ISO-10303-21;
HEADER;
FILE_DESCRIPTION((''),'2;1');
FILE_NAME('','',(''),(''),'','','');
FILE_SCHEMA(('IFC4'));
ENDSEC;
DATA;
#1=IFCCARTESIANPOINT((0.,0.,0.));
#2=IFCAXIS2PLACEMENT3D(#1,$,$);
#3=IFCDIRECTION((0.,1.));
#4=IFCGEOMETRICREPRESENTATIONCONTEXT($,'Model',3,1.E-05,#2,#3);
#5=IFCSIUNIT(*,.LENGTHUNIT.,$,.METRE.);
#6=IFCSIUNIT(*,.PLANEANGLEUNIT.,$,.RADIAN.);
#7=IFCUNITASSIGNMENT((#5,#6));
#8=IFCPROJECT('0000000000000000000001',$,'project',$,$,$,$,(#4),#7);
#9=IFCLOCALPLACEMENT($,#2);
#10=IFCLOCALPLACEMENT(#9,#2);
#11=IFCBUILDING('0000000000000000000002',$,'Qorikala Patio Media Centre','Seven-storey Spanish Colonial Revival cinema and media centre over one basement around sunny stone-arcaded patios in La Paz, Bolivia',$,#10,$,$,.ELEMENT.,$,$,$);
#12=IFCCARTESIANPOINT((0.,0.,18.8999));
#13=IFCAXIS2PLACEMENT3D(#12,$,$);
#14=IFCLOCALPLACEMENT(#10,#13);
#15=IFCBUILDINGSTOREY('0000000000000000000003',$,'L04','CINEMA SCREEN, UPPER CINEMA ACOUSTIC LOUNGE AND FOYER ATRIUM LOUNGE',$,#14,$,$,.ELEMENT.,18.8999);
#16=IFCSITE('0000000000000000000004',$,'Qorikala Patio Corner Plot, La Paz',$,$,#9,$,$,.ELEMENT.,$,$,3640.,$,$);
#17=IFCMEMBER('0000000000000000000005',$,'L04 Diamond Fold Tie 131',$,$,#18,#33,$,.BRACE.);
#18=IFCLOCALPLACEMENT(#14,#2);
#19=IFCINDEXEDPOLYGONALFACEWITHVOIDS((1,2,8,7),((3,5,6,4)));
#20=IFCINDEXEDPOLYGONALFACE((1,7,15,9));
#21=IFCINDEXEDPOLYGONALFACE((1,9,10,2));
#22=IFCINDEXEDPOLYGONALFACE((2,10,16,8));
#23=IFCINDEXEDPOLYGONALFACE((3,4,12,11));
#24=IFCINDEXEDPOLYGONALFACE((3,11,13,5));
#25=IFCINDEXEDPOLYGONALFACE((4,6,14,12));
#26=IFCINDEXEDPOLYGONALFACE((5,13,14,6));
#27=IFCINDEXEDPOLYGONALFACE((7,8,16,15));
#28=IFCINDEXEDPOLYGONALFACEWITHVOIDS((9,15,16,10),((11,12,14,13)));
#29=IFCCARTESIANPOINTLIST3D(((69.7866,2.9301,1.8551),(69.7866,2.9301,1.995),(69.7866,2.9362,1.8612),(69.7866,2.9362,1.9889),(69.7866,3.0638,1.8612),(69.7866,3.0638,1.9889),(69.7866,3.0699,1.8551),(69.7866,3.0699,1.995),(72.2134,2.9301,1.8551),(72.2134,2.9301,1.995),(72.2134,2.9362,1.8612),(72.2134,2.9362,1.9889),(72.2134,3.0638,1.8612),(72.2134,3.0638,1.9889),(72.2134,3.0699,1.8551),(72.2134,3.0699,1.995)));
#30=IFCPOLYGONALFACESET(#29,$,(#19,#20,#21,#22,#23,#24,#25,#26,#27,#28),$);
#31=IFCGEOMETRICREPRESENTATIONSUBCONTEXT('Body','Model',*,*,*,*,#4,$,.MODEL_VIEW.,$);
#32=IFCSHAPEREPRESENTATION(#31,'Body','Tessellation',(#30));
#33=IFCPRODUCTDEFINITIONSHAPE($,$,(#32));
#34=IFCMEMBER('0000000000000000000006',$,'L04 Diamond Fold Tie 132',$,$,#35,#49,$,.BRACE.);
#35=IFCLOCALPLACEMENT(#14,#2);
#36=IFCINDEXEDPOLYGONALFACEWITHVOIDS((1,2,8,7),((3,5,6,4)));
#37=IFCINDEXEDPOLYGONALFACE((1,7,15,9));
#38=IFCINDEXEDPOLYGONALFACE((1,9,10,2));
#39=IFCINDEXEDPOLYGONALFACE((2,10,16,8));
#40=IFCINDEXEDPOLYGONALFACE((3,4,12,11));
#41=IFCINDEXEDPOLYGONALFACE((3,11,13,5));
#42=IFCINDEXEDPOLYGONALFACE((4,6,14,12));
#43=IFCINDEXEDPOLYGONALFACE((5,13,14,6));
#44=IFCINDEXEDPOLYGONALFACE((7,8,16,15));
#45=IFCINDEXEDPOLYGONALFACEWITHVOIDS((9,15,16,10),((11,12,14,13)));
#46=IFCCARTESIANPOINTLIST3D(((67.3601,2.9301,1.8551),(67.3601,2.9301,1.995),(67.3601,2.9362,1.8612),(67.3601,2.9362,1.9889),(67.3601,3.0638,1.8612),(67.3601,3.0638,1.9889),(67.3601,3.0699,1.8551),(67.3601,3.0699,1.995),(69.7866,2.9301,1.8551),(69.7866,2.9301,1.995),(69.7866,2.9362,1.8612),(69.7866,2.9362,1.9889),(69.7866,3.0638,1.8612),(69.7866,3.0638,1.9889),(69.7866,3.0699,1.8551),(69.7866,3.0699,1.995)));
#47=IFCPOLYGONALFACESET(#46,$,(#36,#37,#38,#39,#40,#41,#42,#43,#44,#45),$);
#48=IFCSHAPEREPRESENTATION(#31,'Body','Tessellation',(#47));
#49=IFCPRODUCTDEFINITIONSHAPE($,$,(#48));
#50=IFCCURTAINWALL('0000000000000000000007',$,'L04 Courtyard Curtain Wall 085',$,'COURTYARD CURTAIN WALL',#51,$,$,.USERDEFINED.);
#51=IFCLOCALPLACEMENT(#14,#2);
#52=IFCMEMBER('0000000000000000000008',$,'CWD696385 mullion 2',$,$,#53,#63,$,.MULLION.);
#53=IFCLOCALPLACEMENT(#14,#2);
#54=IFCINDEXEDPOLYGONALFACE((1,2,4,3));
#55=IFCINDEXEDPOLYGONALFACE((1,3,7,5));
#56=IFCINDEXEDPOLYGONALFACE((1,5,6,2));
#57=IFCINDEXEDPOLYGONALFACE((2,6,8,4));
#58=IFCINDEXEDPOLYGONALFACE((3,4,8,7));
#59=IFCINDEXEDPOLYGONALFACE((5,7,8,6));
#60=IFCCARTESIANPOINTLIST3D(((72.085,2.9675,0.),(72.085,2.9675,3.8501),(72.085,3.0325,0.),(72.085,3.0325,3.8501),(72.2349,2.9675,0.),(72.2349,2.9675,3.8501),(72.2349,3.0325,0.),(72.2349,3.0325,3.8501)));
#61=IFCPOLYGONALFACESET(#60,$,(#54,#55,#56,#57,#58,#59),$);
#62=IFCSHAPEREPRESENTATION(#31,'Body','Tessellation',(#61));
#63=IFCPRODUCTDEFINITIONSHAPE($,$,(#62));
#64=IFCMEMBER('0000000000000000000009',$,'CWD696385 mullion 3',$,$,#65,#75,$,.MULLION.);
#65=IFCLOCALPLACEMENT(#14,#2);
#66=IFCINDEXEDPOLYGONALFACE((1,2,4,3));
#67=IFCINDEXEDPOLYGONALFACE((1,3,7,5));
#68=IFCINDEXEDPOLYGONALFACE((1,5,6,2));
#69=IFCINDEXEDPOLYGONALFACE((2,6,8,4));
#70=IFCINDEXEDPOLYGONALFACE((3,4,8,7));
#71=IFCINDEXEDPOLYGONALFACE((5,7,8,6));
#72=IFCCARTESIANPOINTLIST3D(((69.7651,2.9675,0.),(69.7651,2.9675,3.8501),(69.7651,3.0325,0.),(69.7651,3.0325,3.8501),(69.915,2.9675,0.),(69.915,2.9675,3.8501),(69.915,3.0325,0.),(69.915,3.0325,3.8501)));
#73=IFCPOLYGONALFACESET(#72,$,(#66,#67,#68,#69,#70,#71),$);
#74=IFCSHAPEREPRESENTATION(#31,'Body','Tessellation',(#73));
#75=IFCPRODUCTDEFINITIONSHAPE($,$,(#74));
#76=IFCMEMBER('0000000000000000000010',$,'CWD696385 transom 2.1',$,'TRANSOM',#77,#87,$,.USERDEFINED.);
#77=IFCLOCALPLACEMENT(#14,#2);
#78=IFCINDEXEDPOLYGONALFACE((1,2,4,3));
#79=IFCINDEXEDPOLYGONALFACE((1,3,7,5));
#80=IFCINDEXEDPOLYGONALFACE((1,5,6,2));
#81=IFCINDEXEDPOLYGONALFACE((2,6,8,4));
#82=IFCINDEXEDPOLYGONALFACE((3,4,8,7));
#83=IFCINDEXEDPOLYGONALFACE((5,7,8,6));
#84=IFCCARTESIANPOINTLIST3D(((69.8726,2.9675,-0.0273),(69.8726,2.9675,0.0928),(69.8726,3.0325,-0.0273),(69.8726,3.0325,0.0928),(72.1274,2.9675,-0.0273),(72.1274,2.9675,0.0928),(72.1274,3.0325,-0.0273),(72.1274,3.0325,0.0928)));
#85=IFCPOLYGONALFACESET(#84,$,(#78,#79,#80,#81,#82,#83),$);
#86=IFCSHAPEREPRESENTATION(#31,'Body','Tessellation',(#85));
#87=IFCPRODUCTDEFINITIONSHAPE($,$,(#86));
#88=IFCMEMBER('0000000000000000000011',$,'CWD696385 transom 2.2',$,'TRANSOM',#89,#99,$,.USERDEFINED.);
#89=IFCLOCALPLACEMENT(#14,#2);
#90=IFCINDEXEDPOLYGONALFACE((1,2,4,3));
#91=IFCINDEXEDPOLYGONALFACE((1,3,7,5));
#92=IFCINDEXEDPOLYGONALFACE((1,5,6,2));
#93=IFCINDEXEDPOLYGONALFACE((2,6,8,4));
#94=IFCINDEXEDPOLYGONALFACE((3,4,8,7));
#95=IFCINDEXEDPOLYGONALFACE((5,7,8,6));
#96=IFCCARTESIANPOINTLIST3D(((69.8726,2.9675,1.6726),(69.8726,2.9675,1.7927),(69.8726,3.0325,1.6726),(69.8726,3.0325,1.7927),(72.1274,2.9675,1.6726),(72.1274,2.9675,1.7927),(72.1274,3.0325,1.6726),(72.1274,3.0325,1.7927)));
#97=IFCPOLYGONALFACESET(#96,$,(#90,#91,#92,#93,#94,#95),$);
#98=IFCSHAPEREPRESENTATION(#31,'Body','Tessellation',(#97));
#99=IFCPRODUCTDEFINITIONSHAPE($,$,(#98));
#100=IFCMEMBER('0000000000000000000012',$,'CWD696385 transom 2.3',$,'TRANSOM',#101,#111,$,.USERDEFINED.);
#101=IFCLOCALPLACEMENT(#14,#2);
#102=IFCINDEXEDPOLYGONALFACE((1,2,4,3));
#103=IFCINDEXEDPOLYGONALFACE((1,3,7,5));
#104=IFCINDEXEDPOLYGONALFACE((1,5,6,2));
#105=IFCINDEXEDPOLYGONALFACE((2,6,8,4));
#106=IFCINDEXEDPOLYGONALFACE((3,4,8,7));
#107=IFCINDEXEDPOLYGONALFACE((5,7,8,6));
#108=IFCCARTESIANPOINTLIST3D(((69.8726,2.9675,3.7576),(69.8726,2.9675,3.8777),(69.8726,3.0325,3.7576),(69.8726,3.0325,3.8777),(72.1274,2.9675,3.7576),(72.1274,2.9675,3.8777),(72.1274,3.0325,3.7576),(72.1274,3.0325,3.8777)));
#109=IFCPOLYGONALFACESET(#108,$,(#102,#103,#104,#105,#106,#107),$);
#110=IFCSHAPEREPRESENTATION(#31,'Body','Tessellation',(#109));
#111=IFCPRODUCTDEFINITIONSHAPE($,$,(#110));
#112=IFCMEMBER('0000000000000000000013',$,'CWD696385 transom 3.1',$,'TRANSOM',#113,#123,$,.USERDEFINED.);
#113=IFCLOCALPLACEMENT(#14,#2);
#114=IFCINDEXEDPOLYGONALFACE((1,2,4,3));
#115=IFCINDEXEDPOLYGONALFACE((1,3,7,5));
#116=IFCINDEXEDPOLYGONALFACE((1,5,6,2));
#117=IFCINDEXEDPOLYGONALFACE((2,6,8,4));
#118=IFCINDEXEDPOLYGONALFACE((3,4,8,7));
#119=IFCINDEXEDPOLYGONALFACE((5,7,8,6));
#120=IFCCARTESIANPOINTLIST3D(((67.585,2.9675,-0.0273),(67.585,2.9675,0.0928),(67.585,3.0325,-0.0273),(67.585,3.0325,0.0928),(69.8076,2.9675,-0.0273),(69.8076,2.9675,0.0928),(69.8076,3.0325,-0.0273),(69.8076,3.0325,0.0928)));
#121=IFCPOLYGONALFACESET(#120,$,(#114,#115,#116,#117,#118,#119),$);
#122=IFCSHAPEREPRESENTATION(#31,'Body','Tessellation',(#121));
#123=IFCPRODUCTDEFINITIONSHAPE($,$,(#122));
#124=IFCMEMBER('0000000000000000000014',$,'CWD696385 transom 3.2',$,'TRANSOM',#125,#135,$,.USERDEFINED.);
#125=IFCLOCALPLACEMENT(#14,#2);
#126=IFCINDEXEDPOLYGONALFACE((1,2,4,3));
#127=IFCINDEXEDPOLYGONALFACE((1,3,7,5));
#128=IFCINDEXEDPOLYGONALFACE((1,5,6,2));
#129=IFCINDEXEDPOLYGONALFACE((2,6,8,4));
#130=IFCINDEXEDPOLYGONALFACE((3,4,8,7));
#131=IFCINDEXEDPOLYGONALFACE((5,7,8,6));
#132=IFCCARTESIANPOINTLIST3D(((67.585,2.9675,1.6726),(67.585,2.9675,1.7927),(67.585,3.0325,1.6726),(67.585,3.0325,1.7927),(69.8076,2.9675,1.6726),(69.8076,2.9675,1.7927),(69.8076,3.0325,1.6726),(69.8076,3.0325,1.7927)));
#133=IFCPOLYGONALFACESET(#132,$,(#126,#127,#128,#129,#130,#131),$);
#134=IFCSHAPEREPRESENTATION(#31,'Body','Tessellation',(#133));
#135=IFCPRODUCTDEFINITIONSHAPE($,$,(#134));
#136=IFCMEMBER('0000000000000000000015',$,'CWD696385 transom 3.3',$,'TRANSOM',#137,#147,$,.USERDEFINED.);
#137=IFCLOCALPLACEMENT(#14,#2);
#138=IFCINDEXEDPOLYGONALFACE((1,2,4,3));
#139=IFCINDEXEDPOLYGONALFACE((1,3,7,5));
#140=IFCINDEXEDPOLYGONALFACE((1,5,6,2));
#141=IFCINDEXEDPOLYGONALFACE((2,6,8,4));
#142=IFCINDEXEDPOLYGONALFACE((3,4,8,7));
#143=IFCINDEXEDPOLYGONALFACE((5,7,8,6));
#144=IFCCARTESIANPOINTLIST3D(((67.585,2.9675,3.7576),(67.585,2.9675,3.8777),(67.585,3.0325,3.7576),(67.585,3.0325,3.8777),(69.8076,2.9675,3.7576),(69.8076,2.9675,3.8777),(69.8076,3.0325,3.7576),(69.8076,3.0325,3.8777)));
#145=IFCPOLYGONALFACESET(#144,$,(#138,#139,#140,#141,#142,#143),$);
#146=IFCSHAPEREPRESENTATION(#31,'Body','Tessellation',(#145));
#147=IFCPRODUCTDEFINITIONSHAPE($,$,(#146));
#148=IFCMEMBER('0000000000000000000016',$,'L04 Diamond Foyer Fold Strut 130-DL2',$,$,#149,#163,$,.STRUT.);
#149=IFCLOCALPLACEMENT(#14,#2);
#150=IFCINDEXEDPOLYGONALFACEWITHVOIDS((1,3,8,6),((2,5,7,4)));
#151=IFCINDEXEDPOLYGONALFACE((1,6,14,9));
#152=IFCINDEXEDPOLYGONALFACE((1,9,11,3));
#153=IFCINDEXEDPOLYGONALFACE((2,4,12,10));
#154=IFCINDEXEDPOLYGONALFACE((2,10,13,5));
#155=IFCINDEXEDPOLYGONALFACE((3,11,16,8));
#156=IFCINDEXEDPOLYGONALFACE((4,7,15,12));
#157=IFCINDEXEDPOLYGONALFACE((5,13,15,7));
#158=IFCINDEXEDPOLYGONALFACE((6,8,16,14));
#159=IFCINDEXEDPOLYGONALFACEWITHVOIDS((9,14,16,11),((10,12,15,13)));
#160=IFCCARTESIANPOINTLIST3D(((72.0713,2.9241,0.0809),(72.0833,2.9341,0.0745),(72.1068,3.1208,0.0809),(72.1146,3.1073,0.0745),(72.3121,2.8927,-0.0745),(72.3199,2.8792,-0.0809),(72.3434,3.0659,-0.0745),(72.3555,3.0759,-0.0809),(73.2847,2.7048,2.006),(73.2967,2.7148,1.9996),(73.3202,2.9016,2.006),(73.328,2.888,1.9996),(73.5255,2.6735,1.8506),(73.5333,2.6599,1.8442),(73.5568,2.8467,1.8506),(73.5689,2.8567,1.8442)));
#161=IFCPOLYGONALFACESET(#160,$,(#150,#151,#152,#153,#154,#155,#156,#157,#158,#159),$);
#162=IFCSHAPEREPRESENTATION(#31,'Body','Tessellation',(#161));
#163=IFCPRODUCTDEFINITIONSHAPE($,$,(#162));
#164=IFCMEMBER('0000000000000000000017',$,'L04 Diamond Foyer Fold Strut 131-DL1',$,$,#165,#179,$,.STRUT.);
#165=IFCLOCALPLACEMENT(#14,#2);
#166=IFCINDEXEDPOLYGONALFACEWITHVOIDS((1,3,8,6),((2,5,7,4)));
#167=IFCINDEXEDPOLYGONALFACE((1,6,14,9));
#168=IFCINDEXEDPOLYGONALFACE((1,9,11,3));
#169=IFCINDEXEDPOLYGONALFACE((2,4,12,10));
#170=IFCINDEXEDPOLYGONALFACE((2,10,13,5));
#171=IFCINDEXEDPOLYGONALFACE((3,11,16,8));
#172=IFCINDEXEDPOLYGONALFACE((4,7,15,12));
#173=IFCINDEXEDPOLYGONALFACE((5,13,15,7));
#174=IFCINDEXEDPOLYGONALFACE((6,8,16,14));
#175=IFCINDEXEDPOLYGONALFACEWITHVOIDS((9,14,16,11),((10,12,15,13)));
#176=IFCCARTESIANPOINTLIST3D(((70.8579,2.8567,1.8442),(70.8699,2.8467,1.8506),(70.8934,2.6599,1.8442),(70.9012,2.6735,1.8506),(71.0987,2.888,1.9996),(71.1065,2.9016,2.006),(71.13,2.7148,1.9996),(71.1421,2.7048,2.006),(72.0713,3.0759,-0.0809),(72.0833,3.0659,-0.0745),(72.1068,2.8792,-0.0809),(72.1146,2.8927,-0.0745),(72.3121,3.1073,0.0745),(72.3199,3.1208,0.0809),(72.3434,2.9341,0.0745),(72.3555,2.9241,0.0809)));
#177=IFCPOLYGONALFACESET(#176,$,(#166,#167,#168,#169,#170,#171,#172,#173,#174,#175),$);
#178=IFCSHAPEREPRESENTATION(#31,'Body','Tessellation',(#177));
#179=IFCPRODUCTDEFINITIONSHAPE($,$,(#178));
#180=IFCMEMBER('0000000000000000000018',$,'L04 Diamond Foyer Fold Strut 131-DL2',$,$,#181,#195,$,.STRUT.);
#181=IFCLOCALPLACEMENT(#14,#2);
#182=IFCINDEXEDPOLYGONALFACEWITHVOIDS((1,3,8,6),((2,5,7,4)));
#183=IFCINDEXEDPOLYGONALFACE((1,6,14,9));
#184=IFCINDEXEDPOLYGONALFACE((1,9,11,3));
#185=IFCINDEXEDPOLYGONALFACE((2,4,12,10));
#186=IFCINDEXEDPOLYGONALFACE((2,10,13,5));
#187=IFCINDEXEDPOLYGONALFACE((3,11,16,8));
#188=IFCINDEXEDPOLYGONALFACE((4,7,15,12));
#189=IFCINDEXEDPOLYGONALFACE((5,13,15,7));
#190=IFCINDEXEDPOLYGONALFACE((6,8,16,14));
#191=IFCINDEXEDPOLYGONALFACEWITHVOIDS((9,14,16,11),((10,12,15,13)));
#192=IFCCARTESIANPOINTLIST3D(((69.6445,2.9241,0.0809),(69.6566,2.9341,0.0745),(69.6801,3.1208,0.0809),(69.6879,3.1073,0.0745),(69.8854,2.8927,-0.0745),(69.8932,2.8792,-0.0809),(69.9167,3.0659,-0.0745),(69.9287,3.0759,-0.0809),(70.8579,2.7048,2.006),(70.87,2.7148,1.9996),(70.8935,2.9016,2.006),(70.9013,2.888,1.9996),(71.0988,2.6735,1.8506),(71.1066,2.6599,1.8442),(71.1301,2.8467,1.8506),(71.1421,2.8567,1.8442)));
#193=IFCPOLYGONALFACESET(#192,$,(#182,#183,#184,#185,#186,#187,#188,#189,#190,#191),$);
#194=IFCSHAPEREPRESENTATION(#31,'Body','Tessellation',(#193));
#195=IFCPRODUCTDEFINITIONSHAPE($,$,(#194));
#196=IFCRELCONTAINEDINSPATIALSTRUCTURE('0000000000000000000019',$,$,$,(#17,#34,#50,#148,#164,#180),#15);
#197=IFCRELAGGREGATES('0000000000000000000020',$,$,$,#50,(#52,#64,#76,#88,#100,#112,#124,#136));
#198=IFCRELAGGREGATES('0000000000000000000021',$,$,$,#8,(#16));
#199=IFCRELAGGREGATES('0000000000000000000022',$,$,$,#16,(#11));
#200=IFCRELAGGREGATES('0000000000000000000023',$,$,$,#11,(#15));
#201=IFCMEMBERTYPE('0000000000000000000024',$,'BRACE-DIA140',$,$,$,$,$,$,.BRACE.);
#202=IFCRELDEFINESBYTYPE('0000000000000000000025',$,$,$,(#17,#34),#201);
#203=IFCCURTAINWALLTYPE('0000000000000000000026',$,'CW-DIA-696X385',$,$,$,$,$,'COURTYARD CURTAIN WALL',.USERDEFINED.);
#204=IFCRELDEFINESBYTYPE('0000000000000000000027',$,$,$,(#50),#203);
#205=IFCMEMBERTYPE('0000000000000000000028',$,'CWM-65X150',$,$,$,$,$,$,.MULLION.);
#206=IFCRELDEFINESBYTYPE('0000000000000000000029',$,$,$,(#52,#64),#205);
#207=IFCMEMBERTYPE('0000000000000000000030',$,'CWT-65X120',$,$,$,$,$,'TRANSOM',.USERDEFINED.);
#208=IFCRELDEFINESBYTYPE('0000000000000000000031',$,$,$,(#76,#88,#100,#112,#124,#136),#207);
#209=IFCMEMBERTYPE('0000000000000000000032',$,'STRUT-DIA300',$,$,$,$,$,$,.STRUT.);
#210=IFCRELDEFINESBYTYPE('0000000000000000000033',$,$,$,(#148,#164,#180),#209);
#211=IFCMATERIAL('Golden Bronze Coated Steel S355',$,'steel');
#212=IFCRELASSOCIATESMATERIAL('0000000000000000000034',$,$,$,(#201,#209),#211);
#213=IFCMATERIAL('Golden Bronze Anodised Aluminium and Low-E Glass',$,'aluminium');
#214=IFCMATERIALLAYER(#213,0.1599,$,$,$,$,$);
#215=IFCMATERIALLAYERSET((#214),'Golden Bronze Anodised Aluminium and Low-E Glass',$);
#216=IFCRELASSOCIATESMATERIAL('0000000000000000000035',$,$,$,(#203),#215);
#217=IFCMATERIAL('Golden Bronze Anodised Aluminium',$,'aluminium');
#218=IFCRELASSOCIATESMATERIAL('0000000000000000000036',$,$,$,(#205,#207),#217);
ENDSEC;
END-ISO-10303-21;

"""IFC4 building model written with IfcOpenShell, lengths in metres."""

from ifc_helpers import new_model, si_unit, direction, frame, origin, origin_2d, place, context, subcontext, project, spatial, rectangle, hollow_rectangle, extrude, material, layer, layer_set, material_profile, profile_set, type_object, element, aggregate, save


model = new_model("IFC4")

# Units and contexts
model_context = context("Model", 3, precision=1e-05, world=origin(), true_north=direction((0.0, 1.0)))
body_context = subcontext(model_context, "Body", "Model", "MODEL_VIEW")
ifc_project = project(units=[si_unit("LENGTHUNIT", "METRE"), si_unit("PLANEANGLEUNIT", "RADIAN")], contexts=[model_context])

# Site, building, storey
site_placement = place(None, origin())
site = spatial("IfcSite", under=ifc_project, at=site_placement, Name="Qorikala Patio Corner Plot, La Paz", CompositionType="ELEMENT", RefElevation=3640.0)
building_placement = place(site_placement, origin())
building = spatial("IfcBuilding", under=site, at=building_placement, Name="Qorikala Patio Media Centre", Description="Seven-storey Spanish Colonial Revival cinema and media centre over one basement around sunny stone-arcaded patios in La Paz, Bolivia", CompositionType="ELEMENT")
storey_placement = place(building_placement, frame((0.0, 0.0, 18.8999)))
storey = spatial("IfcBuildingStorey", under=building, at=storey_placement, Name="L04", Description="CINEMA SCREEN, UPPER CINEMA ACOUSTIC LOUNGE AND FOYER ATRIUM LOUNGE", CompositionType="ELEMENT", Elevation=18.8999)

# Members
ifc_material_1 = material(Name="Golden Bronze Coated Steel S355", Category="steel")
ifc_material_profile_1 = material_profile(ifc_material_1, hollow_rectangle(XDim=0.1399, YDim=0.1399, WallThickness=0.0061, at=origin_2d()), Name="HSS140X140X6")
ifc_profile_set_1 = profile_set([ifc_material_profile_1], Name="Golden Bronze Coated Steel S355")
member_type_1 = type_object("IfcMemberType", Name="BRACE-DIA140", PredefinedType="BRACE", material=ifc_profile_set_1)
member_1_placement = place(storey_placement, frame((72.2134, 3.0, 1.925), z_axis=(-1.0, 0.0, 0.0), x_axis=(0.0, -1.0, 0.0)))
element("IfcMember", 1, at=member_1_placement, inside=storey, type_object=member_type_1, Name="L04 Diamond Fold Tie 131", PredefinedType="BRACE", context=body_context, shape_type="SweptSolid", body=[
    extrude(hollow_rectangle(XDim=0.1399, YDim=0.1399, WallThickness=0.0061, at=origin_2d()), origin(), (0.0, 0.0, 1.0), 2.4268),
])
member_2_placement = place(storey_placement, frame((69.7866, 3.0, 1.925), z_axis=(-1.0, 0.0, 0.0), x_axis=(0.0, -1.0, 0.0)))
element("IfcMember", 2, at=member_2_placement, inside=storey, type_object=member_type_1, Name="L04 Diamond Fold Tie 132", PredefinedType="BRACE", context=body_context, shape_type="SweptSolid", body=[
    extrude(hollow_rectangle(XDim=0.1399, YDim=0.1399, WallThickness=0.0061, at=origin_2d()), origin(), (0.0, 0.0, 1.0), 2.4265),
])

# Curtain wall, members
ifc_material_2 = material(Name="Golden Bronze Anodised Aluminium and Low-E Glass", Category="aluminium")
ifc_layer_1 = layer(ifc_material_2, 0.1599)
ifc_layer_set_1 = layer_set([ifc_layer_1], Name="Golden Bronze Anodised Aluminium and Low-E Glass")
curtain_wall_type = type_object("IfcCurtainWallType", Name="CW-DIA-696X385", ElementType="COURTYARD CURTAIN WALL", PredefinedType="USERDEFINED", material=ifc_layer_set_1)
curtain_wall_placement = place(storey_placement, origin())
curtain_wall = element("IfcCurtainWall", 3, at=curtain_wall_placement, inside=storey, type_object=curtain_wall_type, Name="L04 Courtyard Curtain Wall 085", ObjectType="COURTYARD CURTAIN WALL", PredefinedType="USERDEFINED")
ifc_material_3 = material(Name="Golden Bronze Anodised Aluminium", Category="aluminium")
ifc_material_profile_2 = material_profile(ifc_material_3, rectangle(XDim=0.0649, YDim=0.1499, at=origin_2d()), Name="ALU MULLION 65x150")
ifc_profile_set_2 = profile_set([ifc_material_profile_2], Name="Golden Bronze Anodised Aluminium")
member_type_2 = type_object("IfcMemberType", Name="CWM-65X150", PredefinedType="MULLION", material=ifc_profile_set_2)
member_3_placement = place(storey_placement, frame((72.1599, 3.0, 0.0), z_axis=(0.0, 0.0, 1.0), x_axis=(0.0, -1.0, 0.0)))
member_3 = element("IfcMember", 4, at=member_3_placement, type_object=member_type_2, Name="CWD696385 mullion 2", PredefinedType="MULLION", context=body_context, shape_type="SweptSolid", body=[
    extrude(rectangle(XDim=0.0649, YDim=0.1499, at=origin_2d()), origin(), (0.0, 0.0, 1.0), 3.8501),
])
member_4_placement = place(storey_placement, frame((69.8401, 3.0, 0.0), z_axis=(0.0, 0.0, 1.0), x_axis=(0.0, -1.0, 0.0)))
member_4 = element("IfcMember", 5, at=member_4_placement, type_object=member_type_2, Name="CWD696385 mullion 3", PredefinedType="MULLION", context=body_context, shape_type="SweptSolid", body=[
    extrude(rectangle(XDim=0.0649, YDim=0.1499, at=origin_2d()), origin(), (0.0, 0.0, 1.0), 3.8501),
])
ifc_material_profile_3 = material_profile(ifc_material_3, rectangle(XDim=0.0649, YDim=0.1201, at=origin_2d()), Name="ALU TRANSOM 65x120")
ifc_profile_set_3 = profile_set([ifc_material_profile_3], Name="Golden Bronze Anodised Aluminium")
member_type_3 = type_object("IfcMemberType", Name="CWT-65X120", ElementType="TRANSOM", PredefinedType="USERDEFINED", material=ifc_profile_set_3)
member_5_placement = place(storey_placement, frame((72.1274, 3.0, 0.0327), z_axis=(-1.0, 0.0, 0.0), x_axis=(0.0, -1.0, 0.0)))
member_5 = element("IfcMember", 6, at=member_5_placement, type_object=member_type_3, Name="CWD696385 transom 2.1", ObjectType="TRANSOM", PredefinedType="USERDEFINED", context=body_context, shape_type="SweptSolid", body=[
    extrude(rectangle(XDim=0.0649, YDim=0.1201, at=origin_2d()), origin(), (0.0, 0.0, 1.0), 2.2549),
])
member_6_placement = place(storey_placement, frame((72.1274, 3.0, 1.7327), z_axis=(-1.0, 0.0, 0.0), x_axis=(0.0, -1.0, 0.0)))
member_6 = element("IfcMember", 7, at=member_6_placement, type_object=member_type_3, Name="CWD696385 transom 2.2", ObjectType="TRANSOM", PredefinedType="USERDEFINED", context=body_context, shape_type="SweptSolid", body=[
    extrude(rectangle(XDim=0.0649, YDim=0.1201, at=origin_2d()), origin(), (0.0, 0.0, 1.0), 2.2549),
])
member_7_placement = place(storey_placement, frame((72.1274, 3.0, 3.8176), z_axis=(-1.0, 0.0, 0.0), x_axis=(0.0, -1.0, 0.0)))
member_7 = element("IfcMember", 8, at=member_7_placement, type_object=member_type_3, Name="CWD696385 transom 2.3", ObjectType="TRANSOM", PredefinedType="USERDEFINED", context=body_context, shape_type="SweptSolid", body=[
    extrude(rectangle(XDim=0.0649, YDim=0.1201, at=origin_2d()), origin(), (0.0, 0.0, 1.0), 2.2549),
])
member_8_placement = place(storey_placement, frame((69.8076, 3.0, 0.0327), z_axis=(-1.0, 0.0, 0.0), x_axis=(0.0, -1.0, 0.0)))
member_8 = element("IfcMember", 9, at=member_8_placement, type_object=member_type_3, Name="CWD696385 transom 3.1", ObjectType="TRANSOM", PredefinedType="USERDEFINED", context=body_context, shape_type="SweptSolid", body=[
    extrude(rectangle(XDim=0.0649, YDim=0.1201, at=origin_2d()), origin(), (0.0, 0.0, 1.0), 2.2227),
])
member_9_placement = place(storey_placement, frame((69.8076, 3.0, 1.7327), z_axis=(-1.0, 0.0, 0.0), x_axis=(0.0, -1.0, 0.0)))
member_9 = element("IfcMember", 10, at=member_9_placement, type_object=member_type_3, Name="CWD696385 transom 3.2", ObjectType="TRANSOM", PredefinedType="USERDEFINED", context=body_context, shape_type="SweptSolid", body=[
    extrude(rectangle(XDim=0.0649, YDim=0.1201, at=origin_2d()), origin(), (0.0, 0.0, 1.0), 2.2227),
])
member_10_placement = place(storey_placement, frame((69.8076, 3.0, 3.8176), z_axis=(-1.0, 0.0, 0.0), x_axis=(0.0, -1.0, 0.0)))
member_10 = element("IfcMember", 11, at=member_10_placement, type_object=member_type_3, Name="CWD696385 transom 3.3", ObjectType="TRANSOM", PredefinedType="USERDEFINED", context=body_context, shape_type="SweptSolid", body=[
    extrude(rectangle(XDim=0.0649, YDim=0.1201, at=origin_2d()), origin(), (0.0, 0.0, 1.0), 2.2227),
])

# Members
ifc_material_profile_4 = material_profile(ifc_material_1, hollow_rectangle(XDim=0.2, YDim=0.3, WallThickness=0.012, at=origin_2d()), Name="HSS300X200X12")
ifc_profile_set_4 = profile_set([ifc_material_profile_4], Name="Golden Bronze Coated Steel S355")
member_type_4 = type_object("IfcMemberType", Name="STRUT-DIA300", PredefinedType="STRUT", material=ifc_profile_set_4)
for number, where, z_axis, x_axis, name in (
    (12, (72.2134, 3.0, 0.0), (0.530768, -0.095901, 0.842074), (0.177805, 0.984066, 0.0), "L04 Diamond Foyer Fold Strut 130-DL2"),
    (13, (72.2134, 3.0, 0.0), (-0.530768, -0.095901, 0.842074), (0.177805, -0.984066, 0.0), "L04 Diamond Foyer Fold Strut 131-DL1"),
    (14, (69.7866, 3.0, 0.0), (0.530768, -0.095901, 0.842074), (0.177805, 0.984066, 0.0), "L04 Diamond Foyer Fold Strut 131-DL2"),
):
    element("IfcMember", number, at=place(storey_placement, frame(where, z_axis=z_axis, x_axis=x_axis)), inside=storey, type_object=member_type_4, Name=name, PredefinedType="STRUT", context=body_context, shape_type="SweptSolid", body=[
        extrude(hollow_rectangle(XDim=0.2, YDim=0.3, WallThickness=0.012, at=origin_2d()), origin(), (0.0, 0.0, 1.0), 2.2861),
    ])

aggregate(curtain_wall, [member_3, member_4, member_5, member_6, member_7, member_8, member_9, member_10])

save(model, "model.ifc")
